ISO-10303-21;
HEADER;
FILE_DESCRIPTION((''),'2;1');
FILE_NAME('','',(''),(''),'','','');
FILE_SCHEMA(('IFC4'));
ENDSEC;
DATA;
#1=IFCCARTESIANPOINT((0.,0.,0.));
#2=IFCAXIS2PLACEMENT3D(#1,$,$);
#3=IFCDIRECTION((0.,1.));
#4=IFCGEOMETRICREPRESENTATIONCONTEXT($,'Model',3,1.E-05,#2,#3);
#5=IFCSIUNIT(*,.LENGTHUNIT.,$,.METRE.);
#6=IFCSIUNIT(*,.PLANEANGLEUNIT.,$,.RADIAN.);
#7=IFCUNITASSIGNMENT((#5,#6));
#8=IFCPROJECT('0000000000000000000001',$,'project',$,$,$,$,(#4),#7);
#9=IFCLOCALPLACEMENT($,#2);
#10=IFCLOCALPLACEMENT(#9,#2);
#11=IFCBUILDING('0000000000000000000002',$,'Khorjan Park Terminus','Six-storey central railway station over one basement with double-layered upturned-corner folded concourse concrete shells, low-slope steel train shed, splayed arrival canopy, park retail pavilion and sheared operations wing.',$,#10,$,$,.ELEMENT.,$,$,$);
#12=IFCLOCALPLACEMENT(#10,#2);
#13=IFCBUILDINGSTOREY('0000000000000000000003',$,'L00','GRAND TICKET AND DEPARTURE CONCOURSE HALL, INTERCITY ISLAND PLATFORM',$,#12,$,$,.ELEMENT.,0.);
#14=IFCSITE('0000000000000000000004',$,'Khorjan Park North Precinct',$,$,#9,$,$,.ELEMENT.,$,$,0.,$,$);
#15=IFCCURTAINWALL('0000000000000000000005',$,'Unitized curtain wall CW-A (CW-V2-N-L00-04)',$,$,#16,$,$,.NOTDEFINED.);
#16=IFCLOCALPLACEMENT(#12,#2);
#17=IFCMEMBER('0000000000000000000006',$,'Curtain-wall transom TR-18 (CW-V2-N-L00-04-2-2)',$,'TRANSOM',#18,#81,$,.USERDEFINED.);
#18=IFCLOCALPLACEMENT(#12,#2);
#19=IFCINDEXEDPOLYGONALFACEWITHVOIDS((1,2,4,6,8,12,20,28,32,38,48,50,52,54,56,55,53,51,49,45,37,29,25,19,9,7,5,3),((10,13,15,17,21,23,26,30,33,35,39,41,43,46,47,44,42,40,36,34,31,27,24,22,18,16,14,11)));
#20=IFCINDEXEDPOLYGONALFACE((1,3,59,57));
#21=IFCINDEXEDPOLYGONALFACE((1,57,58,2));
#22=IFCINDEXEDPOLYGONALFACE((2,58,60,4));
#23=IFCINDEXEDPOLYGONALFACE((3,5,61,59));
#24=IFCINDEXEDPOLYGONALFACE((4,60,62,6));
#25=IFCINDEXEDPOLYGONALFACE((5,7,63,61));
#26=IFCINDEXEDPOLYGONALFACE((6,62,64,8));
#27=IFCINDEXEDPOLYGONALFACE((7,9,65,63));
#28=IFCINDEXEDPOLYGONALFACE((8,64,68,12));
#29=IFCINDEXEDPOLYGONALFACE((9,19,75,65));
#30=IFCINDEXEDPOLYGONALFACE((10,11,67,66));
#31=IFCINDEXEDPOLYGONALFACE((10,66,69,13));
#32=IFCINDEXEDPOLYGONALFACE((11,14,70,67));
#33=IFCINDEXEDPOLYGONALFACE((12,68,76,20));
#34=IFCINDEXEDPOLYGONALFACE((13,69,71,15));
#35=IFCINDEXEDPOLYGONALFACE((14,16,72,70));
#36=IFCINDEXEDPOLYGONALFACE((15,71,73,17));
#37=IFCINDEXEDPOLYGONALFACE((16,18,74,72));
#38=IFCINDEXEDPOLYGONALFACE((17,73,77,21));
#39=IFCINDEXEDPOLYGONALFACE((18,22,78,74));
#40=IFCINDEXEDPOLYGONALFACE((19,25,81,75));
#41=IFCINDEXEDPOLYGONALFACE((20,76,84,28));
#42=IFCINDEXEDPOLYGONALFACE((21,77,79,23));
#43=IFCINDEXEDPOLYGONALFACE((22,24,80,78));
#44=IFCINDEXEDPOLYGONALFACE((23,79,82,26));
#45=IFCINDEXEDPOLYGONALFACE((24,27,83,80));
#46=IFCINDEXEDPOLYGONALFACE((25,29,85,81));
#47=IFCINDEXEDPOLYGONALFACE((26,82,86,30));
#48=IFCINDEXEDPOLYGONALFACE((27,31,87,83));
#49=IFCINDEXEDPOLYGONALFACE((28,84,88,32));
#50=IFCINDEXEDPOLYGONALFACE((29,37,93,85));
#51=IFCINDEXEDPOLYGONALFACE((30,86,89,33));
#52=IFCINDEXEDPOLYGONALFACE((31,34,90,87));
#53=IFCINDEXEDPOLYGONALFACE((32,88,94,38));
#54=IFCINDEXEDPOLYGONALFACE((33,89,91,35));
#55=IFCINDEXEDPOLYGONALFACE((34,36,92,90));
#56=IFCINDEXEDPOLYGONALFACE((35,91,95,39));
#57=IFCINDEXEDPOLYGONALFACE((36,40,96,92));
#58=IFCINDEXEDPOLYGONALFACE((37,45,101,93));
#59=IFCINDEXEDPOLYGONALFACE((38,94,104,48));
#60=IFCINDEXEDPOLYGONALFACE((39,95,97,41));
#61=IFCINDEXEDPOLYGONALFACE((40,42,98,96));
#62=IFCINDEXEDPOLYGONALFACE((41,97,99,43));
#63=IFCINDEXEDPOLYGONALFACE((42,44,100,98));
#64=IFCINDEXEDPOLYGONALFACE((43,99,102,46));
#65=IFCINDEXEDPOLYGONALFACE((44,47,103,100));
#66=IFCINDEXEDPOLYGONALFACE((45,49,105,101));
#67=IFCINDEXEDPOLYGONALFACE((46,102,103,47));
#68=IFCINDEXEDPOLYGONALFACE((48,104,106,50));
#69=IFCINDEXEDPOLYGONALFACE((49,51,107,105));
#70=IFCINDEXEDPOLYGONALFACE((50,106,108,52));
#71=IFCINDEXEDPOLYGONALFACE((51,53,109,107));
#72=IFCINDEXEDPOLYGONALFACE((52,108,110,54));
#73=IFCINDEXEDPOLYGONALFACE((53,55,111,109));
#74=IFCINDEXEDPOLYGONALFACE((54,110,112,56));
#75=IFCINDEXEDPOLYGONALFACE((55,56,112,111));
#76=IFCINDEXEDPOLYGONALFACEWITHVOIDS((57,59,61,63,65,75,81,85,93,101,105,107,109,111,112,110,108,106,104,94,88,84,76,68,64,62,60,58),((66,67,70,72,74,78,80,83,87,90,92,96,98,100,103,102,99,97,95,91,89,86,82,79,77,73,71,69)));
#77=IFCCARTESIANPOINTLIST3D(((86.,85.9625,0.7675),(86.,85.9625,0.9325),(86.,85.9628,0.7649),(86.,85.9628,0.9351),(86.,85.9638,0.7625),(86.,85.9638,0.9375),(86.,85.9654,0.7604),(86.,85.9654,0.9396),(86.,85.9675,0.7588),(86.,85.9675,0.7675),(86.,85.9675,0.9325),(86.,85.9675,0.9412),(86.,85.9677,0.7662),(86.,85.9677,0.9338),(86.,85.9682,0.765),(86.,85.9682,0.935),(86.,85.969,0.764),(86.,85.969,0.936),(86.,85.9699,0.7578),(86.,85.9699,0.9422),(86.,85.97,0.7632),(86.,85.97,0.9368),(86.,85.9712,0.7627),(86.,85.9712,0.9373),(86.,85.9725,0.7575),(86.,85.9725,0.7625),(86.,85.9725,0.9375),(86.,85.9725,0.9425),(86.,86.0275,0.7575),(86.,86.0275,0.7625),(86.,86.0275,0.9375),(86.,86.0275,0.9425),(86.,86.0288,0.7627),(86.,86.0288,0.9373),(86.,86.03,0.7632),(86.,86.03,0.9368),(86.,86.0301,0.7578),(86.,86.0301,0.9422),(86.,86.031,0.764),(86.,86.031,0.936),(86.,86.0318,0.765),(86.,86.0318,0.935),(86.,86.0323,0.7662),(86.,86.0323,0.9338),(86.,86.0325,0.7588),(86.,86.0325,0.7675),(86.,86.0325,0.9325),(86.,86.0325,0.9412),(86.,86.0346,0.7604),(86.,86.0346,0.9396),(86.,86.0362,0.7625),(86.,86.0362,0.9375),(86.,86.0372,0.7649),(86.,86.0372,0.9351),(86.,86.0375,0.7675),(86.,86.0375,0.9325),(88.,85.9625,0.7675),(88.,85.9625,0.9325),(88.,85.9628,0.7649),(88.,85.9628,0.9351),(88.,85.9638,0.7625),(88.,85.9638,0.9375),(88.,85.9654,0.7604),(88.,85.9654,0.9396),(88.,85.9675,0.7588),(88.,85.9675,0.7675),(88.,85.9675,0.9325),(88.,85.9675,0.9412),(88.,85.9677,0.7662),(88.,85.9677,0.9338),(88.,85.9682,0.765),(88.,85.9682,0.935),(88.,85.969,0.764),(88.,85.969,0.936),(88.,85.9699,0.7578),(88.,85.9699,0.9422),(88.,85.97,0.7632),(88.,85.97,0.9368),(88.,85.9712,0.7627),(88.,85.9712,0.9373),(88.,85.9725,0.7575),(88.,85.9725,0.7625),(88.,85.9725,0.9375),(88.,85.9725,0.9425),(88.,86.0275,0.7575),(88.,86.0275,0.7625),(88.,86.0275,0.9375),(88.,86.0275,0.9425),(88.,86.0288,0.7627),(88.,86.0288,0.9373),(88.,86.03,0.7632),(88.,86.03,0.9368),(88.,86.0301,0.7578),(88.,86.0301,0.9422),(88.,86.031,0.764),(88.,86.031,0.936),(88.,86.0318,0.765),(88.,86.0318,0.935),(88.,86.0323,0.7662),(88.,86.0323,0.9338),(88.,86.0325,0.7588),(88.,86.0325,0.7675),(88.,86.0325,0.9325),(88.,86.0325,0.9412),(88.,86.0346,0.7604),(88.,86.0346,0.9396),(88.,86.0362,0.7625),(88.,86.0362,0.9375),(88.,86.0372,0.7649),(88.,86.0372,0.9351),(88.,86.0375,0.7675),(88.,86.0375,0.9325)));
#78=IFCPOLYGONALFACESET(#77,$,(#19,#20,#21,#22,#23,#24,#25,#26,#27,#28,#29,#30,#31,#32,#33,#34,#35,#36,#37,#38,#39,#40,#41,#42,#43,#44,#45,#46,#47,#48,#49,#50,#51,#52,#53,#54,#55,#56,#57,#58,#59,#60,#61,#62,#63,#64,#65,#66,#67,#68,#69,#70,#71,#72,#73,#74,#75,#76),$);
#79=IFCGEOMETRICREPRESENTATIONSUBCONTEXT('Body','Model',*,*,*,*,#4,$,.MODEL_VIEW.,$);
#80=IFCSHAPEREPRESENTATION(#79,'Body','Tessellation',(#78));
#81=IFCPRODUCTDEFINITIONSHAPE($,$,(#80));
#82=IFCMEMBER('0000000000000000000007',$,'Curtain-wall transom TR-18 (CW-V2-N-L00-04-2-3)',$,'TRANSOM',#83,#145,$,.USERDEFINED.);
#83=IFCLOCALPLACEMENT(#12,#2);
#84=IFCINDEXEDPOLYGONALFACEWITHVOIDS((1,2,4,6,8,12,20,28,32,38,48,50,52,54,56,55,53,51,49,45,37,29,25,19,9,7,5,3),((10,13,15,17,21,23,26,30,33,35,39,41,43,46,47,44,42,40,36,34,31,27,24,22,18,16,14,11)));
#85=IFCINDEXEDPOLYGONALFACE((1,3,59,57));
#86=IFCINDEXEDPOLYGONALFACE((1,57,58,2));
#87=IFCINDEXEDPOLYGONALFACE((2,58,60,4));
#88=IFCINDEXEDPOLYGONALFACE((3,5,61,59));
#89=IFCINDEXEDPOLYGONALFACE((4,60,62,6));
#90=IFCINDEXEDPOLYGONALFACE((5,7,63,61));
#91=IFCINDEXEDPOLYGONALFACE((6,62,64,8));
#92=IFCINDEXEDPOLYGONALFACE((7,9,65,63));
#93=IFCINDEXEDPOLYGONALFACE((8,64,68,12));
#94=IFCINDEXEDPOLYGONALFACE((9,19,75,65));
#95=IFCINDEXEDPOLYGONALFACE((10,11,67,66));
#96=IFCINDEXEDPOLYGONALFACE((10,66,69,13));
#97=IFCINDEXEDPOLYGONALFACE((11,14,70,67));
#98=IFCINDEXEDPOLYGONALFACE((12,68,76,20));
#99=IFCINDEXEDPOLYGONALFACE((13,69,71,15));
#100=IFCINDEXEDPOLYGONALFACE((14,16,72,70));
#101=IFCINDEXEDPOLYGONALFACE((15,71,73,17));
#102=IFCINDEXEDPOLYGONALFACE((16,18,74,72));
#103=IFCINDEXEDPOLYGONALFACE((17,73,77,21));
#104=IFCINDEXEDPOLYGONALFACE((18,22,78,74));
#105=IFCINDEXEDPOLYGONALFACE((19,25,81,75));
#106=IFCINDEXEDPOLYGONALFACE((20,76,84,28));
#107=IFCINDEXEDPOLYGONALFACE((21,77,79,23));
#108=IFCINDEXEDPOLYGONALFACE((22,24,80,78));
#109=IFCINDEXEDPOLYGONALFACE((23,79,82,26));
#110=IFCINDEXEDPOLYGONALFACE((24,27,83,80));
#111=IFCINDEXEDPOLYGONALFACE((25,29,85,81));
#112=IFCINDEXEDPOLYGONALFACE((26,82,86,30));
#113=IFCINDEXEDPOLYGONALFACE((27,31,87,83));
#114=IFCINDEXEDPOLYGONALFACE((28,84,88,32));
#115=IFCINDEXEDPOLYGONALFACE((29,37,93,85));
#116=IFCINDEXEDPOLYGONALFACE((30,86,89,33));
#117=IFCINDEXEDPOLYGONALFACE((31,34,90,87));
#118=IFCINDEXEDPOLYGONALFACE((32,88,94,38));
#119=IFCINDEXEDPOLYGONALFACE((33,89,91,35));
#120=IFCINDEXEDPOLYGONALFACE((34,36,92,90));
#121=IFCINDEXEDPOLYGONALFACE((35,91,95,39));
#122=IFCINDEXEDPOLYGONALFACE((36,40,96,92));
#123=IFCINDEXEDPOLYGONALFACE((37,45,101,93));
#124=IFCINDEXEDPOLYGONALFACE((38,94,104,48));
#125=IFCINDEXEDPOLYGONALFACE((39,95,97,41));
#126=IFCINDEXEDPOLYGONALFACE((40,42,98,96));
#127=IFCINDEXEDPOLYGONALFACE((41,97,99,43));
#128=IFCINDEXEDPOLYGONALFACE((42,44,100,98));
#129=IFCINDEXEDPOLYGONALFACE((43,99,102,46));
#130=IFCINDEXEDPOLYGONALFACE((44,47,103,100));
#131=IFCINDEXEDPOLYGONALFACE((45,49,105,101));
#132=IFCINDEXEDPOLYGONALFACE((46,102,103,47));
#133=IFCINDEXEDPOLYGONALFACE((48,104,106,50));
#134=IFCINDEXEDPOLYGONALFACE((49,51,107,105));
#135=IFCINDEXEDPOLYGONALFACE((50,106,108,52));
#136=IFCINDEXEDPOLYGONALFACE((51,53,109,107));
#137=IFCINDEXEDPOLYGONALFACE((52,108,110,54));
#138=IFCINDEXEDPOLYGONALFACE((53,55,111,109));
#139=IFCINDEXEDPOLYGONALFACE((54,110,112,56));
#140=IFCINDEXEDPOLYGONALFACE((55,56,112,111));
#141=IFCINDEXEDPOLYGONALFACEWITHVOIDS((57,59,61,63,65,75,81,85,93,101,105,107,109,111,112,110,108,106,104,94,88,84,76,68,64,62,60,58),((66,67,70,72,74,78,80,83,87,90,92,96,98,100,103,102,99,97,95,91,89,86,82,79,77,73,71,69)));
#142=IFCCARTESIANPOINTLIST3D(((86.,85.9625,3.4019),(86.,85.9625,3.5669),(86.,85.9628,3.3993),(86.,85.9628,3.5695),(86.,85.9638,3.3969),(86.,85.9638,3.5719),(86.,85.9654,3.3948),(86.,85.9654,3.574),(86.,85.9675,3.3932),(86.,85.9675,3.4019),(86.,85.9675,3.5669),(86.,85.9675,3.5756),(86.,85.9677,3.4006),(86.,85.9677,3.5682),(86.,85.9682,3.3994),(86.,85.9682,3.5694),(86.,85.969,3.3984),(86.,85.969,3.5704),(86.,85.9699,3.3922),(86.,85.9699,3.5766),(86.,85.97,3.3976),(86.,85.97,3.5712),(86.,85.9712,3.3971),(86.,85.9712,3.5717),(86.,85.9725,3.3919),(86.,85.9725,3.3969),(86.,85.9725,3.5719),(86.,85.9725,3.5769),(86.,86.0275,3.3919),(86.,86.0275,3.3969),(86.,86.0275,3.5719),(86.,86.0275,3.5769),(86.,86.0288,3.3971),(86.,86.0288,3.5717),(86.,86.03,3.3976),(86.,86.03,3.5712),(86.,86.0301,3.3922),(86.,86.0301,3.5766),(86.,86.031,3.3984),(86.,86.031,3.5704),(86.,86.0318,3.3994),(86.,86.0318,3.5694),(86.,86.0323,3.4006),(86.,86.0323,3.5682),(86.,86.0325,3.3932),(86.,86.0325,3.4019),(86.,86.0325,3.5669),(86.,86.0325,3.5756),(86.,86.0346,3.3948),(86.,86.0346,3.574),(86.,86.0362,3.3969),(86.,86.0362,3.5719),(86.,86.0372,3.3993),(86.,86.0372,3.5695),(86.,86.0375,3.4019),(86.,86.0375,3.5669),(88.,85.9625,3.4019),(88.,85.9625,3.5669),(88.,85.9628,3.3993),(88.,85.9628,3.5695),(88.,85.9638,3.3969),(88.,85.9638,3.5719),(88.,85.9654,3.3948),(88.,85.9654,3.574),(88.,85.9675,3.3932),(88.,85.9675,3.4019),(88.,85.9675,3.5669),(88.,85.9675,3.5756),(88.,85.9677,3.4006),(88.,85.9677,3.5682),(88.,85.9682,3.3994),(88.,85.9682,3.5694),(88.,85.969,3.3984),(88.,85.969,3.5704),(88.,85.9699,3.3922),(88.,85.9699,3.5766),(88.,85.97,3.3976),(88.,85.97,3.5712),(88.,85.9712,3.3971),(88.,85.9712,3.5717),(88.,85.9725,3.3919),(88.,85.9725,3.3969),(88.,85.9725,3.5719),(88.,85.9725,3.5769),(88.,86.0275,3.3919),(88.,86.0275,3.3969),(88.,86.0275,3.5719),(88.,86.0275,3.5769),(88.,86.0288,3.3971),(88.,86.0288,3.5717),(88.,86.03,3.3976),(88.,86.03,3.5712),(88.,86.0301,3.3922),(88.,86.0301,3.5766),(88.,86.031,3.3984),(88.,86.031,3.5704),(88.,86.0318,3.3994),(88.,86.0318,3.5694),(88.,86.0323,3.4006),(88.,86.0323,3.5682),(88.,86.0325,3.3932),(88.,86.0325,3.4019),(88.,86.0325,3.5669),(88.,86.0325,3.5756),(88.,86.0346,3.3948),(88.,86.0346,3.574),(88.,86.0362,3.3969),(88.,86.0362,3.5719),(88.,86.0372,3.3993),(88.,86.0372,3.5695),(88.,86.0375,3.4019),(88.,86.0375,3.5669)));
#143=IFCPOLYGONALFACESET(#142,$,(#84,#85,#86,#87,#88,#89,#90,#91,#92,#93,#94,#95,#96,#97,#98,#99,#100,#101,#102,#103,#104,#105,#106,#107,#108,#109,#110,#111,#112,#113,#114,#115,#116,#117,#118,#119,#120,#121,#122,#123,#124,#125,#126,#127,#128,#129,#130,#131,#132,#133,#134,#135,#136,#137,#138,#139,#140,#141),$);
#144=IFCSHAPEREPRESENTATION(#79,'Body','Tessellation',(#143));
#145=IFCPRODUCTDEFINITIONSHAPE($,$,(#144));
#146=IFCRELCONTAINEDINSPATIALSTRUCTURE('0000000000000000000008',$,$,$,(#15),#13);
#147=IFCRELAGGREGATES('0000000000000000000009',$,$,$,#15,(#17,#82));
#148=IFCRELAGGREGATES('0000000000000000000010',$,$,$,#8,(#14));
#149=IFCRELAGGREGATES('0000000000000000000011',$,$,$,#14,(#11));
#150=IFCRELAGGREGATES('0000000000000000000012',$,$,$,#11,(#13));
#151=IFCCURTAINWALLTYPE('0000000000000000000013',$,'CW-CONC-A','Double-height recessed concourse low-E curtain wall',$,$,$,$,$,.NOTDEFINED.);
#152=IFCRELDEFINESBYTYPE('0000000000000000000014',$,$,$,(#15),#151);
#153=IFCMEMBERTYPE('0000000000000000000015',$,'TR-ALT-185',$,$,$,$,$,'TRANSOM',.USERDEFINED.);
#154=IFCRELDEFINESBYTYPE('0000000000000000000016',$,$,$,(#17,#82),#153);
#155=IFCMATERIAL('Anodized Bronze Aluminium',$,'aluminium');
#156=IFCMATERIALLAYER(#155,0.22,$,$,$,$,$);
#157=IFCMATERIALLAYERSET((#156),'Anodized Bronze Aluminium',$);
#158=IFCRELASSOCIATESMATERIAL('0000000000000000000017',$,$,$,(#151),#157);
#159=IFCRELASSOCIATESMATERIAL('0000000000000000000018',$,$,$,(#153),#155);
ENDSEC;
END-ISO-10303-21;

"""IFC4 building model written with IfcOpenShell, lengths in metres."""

from ifc_helpers import new_model, si_unit, direction, frame, origin, origin_2d, place, context, subcontext, project, spatial, hollow_rectangle, extrude, material, layer, layer_set, material_profile, profile_set, type_object, element, aggregate, save


model = new_model("IFC4")

# Units and contexts
model_context = context("Model", 3, precision=1e-05, world=origin(), true_north=direction((0.0, 1.0)))
body_context = subcontext(model_context, "Body", "Model", "MODEL_VIEW")
ifc_project = project(units=[si_unit("LENGTHUNIT", "METRE"), si_unit("PLANEANGLEUNIT", "RADIAN")], contexts=[model_context])

# Site, building, storey
site_placement = place(None, origin())
site = spatial("IfcSite", under=ifc_project, at=site_placement, Name="Khorjan Park North Precinct", CompositionType="ELEMENT", RefElevation=0.0)
building_placement = place(site_placement, origin())
building = spatial("IfcBuilding", under=site, at=building_placement, Name="Khorjan Park Terminus", Description="Six-storey central railway station over one basement with double-layered upturned-corner folded concourse concrete shells, low-slope steel train shed, splayed arrival canopy, park retail pavilion and sheared operations wing.", CompositionType="ELEMENT")
storey_placement = place(building_placement, origin())
storey = spatial("IfcBuildingStorey", under=building, at=storey_placement, Name="L00", Description="GRAND TICKET AND DEPARTURE CONCOURSE HALL, INTERCITY ISLAND PLATFORM", CompositionType="ELEMENT", Elevation=0.0)

# Curtain wall, members
ifc_material_1 = material(Name="Anodized Bronze Aluminium", Category="aluminium")
ifc_layer_1 = layer(ifc_material_1, 0.22)
ifc_layer_set_1 = layer_set([ifc_layer_1], Name="Anodized Bronze Aluminium")
curtain_wall_type = type_object("IfcCurtainWallType", Name="CW-CONC-A", Description="Double-height recessed concourse low-E curtain wall", PredefinedType="NOTDEFINED", material=ifc_layer_set_1)
curtain_wall_placement = place(storey_placement, origin())
curtain_wall = element("IfcCurtainWall", 1, at=curtain_wall_placement, inside=storey, type_object=curtain_wall_type, Name="Unitized curtain wall CW-A (CW-V2-N-L00-04)", PredefinedType="NOTDEFINED")
ifc_material_profile_1 = material_profile(ifc_material_1, hollow_rectangle(XDim=0.075, YDim=0.185, WallThickness=0.005, InnerFilletRadius=0.005, OuterFilletRadius=0.01, at=origin_2d()), Name="ALT 75x185x5")
ifc_profile_set_1 = profile_set([ifc_material_profile_1], Name="Anodized Bronze Aluminium")
member_type_1 = type_object("IfcMemberType", Name="TR-ALT-185", ElementType="TRANSOM", PredefinedType="USERDEFINED", material=ifc_profile_set_1)
member_1_placement = place(storey_placement, frame((88.0, 86.0, 0.85), z_axis=(-1.0, 0.0, 0.0), x_axis=(0.0, -1.0, 0.0)))
member_1 = element("IfcMember", 2, at=member_1_placement, type_object=member_type_1, Name="Curtain-wall transom TR-18 (CW-V2-N-L00-04-2-2)", ObjectType="TRANSOM", PredefinedType="USERDEFINED", context=body_context, shape_type="SweptSolid", body=[
    extrude(hollow_rectangle(XDim=0.075, YDim=0.185, WallThickness=0.005, InnerFilletRadius=0.005, OuterFilletRadius=0.01, at=origin_2d()), origin(), (0.0, 0.0, 1.0), 2.0),
])
member_2_placement = place(storey_placement, frame((88.0, 86.0, 3.4844), z_axis=(-1.0, 0.0, 0.0), x_axis=(0.0, -1.0, 0.0)))
member_2 = element("IfcMember", 3, at=member_2_placement, type_object=member_type_1, Name="Curtain-wall transom TR-18 (CW-V2-N-L00-04-2-3)", ObjectType="TRANSOM", PredefinedType="USERDEFINED", context=body_context, shape_type="SweptSolid", body=[
    extrude(hollow_rectangle(XDim=0.075, YDim=0.185, WallThickness=0.005, InnerFilletRadius=0.005, OuterFilletRadius=0.01, at=origin_2d()), origin(), (0.0, 0.0, 1.0), 2.0),
])
aggregate(curtain_wall, [member_1, member_2])

save(model, "model.ifc")
